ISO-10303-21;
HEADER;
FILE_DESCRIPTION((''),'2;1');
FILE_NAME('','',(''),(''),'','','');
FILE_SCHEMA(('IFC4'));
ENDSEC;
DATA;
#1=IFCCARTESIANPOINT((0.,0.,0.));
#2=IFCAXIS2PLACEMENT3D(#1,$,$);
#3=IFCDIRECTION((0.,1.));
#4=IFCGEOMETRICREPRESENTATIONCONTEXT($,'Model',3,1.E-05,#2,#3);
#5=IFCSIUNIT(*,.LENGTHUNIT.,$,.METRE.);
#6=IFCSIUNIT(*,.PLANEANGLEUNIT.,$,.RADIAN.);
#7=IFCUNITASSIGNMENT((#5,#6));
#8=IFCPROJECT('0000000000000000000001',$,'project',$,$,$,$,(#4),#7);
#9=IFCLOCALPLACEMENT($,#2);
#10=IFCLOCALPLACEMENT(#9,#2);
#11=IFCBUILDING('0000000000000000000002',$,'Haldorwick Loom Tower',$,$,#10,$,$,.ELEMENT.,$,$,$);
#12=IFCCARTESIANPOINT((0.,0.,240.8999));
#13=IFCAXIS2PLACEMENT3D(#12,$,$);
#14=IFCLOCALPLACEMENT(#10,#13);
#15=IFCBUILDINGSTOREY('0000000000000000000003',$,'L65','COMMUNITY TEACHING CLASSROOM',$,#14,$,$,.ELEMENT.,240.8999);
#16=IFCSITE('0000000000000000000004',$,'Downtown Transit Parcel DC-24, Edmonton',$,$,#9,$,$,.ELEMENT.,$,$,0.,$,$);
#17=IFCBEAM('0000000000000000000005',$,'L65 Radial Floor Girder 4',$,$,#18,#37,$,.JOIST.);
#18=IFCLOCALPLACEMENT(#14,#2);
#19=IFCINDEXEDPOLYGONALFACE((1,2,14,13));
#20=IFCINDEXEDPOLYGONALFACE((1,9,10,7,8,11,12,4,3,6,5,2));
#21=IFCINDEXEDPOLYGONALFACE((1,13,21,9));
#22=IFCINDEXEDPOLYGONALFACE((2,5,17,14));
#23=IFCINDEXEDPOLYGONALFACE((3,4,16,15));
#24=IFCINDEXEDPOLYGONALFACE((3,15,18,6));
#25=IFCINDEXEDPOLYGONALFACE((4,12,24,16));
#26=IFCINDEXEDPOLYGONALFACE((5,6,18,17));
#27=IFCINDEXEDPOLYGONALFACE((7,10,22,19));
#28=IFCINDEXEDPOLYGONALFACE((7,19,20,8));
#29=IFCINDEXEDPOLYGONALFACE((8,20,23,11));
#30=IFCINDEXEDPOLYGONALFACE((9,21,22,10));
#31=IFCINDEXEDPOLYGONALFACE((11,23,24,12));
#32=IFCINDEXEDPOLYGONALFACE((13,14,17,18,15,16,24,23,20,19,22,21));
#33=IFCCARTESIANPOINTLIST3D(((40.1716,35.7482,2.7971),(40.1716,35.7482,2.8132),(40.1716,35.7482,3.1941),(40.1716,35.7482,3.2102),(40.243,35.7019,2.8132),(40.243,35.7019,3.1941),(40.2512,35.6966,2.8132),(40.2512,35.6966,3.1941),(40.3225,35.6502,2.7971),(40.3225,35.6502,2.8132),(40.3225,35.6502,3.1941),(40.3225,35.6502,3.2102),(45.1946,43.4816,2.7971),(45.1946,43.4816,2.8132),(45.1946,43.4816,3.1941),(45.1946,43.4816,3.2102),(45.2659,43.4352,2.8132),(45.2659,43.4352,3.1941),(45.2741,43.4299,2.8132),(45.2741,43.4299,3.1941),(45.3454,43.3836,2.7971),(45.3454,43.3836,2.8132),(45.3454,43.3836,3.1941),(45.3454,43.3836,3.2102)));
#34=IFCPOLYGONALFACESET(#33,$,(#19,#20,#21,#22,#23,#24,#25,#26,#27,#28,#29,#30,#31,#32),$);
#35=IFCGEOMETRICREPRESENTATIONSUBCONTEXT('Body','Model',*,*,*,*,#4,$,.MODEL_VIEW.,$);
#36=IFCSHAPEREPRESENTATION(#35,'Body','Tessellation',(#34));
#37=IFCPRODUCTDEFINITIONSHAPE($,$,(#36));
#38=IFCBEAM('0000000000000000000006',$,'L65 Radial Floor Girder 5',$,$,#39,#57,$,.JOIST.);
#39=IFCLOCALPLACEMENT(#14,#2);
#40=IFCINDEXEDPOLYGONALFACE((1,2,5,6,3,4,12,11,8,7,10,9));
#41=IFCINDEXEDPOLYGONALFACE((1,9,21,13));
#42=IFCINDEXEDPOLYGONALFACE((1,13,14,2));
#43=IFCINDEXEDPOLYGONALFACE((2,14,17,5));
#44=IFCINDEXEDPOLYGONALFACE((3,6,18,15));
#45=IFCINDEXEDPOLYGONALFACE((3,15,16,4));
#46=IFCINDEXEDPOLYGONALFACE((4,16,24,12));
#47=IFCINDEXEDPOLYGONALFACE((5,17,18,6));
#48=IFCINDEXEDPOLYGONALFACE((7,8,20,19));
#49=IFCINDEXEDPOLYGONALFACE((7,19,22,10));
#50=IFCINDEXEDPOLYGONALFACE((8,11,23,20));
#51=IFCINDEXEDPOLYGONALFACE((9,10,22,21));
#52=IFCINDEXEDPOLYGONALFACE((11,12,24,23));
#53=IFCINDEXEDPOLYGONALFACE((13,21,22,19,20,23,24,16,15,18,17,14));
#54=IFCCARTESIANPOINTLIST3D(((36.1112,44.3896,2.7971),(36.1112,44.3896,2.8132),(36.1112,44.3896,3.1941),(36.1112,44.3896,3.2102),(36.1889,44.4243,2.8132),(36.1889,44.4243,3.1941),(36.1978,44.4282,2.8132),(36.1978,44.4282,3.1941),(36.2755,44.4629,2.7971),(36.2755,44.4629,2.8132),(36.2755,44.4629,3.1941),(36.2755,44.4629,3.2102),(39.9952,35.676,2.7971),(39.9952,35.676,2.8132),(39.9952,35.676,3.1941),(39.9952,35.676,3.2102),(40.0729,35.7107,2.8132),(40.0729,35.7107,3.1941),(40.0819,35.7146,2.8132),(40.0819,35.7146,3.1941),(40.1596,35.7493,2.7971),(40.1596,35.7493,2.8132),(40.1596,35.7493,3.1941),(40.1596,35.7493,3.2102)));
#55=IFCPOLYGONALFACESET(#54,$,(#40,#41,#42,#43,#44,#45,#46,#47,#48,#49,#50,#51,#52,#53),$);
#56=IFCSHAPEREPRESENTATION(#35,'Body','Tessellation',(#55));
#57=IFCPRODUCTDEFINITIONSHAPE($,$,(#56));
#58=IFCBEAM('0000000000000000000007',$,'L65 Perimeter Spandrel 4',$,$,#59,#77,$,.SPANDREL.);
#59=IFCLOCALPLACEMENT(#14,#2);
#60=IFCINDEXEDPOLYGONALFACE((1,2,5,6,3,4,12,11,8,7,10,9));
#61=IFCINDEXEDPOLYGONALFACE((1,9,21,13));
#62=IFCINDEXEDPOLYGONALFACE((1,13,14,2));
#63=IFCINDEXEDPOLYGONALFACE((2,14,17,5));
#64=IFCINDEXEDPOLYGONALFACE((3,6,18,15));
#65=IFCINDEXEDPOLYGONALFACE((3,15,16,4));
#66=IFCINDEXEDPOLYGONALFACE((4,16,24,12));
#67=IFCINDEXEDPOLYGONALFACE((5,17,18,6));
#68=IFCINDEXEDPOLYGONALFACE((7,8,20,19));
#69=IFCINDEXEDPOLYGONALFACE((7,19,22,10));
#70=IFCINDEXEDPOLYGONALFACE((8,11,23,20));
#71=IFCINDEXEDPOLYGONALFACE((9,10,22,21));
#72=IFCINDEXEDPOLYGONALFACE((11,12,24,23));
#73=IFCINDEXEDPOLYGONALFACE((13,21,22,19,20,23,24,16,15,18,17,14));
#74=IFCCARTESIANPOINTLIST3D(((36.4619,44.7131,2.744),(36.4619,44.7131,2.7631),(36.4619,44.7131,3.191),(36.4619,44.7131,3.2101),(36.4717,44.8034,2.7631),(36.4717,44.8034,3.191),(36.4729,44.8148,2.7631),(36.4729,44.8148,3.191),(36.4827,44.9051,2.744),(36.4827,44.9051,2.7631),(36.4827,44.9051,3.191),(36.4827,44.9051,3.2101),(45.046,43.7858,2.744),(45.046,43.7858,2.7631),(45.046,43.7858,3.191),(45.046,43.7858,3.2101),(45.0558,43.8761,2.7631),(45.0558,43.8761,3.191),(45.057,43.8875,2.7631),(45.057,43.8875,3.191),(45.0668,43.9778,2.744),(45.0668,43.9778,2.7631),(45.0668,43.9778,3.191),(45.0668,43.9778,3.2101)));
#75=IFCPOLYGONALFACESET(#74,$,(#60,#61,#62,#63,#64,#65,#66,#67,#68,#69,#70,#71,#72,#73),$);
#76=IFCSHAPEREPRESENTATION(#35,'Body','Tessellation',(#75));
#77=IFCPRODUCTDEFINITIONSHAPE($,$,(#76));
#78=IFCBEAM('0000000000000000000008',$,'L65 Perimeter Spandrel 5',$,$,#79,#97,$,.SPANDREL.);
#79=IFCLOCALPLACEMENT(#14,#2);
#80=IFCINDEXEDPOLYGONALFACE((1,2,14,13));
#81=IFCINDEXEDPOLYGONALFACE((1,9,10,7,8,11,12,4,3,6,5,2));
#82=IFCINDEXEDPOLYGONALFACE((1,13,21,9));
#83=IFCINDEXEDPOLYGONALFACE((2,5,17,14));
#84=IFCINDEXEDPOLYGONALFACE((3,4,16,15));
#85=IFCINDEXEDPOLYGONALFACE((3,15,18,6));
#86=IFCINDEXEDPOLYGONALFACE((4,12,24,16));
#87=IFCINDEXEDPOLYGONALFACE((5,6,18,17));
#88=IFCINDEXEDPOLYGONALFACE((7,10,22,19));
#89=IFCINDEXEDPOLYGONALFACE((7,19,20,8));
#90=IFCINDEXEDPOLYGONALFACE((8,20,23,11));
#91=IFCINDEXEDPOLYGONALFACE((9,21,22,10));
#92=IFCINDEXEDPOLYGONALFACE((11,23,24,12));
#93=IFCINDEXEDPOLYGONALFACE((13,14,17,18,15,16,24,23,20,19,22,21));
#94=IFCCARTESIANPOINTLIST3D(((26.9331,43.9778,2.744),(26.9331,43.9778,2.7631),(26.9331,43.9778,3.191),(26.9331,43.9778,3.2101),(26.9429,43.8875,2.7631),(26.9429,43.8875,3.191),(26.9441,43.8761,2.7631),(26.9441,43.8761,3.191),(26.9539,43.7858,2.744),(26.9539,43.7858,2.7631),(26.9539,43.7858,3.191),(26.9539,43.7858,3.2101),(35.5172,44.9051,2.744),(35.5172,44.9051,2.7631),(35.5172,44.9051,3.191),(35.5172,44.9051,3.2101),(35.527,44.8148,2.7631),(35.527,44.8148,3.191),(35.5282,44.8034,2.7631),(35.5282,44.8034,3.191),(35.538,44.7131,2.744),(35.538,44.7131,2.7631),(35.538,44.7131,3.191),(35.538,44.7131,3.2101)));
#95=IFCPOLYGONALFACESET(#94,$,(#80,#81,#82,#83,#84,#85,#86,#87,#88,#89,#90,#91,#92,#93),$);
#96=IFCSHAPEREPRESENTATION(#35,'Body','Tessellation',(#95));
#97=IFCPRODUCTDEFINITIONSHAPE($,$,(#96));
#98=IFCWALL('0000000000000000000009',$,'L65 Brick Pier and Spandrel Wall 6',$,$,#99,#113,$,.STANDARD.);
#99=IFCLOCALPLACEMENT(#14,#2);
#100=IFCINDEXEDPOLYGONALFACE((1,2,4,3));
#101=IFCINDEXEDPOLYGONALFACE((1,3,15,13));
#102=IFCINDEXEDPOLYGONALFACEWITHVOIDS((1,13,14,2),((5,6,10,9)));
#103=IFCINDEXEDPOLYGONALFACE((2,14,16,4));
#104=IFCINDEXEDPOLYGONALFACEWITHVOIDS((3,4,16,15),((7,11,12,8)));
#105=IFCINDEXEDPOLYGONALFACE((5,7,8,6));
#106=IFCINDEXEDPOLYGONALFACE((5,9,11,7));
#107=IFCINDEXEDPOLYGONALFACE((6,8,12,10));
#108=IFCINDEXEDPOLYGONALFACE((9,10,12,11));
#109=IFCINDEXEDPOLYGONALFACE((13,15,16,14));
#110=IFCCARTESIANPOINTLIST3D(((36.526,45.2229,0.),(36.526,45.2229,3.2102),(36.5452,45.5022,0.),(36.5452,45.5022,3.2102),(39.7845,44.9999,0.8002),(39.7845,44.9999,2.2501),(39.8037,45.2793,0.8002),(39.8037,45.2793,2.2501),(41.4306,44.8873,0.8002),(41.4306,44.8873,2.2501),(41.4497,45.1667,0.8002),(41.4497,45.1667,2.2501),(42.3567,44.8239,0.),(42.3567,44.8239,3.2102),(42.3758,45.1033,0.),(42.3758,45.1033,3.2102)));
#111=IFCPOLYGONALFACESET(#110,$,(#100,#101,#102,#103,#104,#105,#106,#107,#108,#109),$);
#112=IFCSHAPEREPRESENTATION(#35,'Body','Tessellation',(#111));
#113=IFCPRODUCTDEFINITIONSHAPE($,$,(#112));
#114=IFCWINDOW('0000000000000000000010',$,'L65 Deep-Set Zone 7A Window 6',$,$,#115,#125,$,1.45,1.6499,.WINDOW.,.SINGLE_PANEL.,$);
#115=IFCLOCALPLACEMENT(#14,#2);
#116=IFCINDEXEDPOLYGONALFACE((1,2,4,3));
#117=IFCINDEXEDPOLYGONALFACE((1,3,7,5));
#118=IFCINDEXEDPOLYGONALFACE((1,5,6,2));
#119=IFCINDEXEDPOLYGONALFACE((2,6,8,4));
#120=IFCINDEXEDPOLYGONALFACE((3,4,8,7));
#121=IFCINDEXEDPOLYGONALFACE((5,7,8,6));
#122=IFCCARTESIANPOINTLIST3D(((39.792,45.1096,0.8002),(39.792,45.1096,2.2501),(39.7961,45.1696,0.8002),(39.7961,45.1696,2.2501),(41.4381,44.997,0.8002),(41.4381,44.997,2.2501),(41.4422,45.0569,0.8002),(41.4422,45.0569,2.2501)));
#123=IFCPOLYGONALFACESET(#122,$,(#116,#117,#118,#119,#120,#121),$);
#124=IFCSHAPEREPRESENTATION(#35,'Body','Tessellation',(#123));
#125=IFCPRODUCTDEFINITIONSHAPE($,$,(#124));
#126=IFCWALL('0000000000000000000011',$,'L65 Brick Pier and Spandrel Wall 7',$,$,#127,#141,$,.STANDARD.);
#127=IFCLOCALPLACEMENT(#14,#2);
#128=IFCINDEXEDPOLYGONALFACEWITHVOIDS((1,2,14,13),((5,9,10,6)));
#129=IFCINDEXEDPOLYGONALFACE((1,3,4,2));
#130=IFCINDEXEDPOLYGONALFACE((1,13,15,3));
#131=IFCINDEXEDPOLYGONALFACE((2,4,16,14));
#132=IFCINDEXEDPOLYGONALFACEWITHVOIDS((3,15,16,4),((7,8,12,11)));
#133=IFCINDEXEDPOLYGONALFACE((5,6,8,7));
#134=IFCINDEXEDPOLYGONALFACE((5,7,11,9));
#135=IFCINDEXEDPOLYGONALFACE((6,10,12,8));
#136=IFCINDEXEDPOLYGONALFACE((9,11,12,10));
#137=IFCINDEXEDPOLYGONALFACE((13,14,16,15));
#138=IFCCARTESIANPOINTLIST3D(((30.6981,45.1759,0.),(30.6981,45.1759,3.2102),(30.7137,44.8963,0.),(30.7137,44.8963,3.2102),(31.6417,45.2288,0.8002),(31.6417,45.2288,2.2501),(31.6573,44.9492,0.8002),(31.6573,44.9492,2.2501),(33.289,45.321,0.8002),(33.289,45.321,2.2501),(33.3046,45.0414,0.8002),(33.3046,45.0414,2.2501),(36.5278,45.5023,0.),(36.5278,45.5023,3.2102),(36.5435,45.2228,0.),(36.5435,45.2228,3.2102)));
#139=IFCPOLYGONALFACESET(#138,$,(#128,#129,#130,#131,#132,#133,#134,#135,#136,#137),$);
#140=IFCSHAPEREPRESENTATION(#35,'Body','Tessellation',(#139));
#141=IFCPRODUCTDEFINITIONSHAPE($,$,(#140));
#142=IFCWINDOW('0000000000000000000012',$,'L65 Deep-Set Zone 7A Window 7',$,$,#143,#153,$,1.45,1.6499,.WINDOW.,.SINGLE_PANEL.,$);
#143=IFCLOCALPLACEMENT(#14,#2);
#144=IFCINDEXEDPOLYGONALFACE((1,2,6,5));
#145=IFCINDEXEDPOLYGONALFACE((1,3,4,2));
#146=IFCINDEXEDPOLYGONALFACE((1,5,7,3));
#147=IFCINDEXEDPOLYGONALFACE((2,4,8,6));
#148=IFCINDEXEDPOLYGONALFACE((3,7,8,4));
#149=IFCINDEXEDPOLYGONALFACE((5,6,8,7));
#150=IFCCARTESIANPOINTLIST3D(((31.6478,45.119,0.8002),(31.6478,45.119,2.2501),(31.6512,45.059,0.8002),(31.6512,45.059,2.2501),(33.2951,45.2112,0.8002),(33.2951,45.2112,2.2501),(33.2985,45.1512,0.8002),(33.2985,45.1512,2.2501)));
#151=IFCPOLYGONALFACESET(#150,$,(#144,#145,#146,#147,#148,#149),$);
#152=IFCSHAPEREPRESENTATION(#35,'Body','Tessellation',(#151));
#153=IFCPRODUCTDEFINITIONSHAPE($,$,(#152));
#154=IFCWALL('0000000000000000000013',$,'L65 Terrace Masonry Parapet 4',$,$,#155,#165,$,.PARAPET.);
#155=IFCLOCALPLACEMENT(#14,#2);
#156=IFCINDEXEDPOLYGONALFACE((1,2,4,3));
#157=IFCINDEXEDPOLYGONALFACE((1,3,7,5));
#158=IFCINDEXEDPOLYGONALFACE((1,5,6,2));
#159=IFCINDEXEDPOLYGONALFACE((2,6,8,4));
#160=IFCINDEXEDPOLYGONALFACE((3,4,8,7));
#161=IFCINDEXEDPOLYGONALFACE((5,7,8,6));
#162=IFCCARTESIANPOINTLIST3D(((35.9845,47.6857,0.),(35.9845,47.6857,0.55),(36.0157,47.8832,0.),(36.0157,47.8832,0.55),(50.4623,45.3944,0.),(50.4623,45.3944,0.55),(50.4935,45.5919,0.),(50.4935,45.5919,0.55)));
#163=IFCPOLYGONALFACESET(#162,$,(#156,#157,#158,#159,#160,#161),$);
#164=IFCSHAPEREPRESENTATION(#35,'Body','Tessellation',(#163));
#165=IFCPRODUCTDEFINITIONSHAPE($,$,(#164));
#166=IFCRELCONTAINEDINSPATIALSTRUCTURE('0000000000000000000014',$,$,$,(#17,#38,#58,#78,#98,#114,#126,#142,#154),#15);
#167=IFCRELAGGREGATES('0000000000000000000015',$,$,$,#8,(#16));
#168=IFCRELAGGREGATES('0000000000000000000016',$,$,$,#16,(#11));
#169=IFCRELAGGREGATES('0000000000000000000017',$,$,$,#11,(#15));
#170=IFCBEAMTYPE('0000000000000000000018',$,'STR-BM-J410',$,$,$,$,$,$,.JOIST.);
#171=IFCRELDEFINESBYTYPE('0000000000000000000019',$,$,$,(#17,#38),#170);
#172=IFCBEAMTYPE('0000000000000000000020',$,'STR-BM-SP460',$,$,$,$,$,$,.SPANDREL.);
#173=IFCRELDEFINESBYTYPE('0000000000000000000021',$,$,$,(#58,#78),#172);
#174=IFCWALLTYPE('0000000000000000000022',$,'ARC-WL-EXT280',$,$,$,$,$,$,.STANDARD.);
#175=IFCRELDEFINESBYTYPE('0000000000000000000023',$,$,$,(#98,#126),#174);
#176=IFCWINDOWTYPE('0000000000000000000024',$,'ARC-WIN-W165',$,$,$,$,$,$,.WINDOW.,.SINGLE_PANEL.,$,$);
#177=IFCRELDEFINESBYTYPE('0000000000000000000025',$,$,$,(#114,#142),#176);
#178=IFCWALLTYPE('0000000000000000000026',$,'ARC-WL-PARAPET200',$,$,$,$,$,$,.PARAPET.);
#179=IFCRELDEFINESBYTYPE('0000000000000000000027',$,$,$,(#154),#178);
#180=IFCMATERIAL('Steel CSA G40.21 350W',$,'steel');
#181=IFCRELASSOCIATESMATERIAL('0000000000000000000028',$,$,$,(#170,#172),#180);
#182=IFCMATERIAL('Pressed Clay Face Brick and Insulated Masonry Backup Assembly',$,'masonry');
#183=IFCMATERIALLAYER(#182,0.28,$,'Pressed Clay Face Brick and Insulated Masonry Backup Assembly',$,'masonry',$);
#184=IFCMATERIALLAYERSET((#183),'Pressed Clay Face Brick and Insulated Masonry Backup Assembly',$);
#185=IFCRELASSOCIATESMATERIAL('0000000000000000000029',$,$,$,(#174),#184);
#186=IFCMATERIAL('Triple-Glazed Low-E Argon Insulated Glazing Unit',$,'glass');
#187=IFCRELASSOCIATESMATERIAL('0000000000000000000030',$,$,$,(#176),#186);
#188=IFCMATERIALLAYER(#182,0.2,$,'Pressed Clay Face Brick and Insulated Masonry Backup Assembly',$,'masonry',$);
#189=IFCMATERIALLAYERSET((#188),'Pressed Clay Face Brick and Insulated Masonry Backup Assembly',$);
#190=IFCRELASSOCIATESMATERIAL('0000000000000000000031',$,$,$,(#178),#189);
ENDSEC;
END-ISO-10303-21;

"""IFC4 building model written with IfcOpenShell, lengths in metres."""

from ifc_helpers import new_model, si_unit, direction, frame, frame_2d, origin, origin_2d, place, context, subcontext, project, spatial, rectangle, i_section, extrude, material, layer, layer_set, material_profile, profile_set, type_object, element, fill, save


model = new_model("IFC4")

# Units and contexts
model_context = context("Model", 3, precision=1e-05, world=origin(), true_north=direction((0.0, 1.0)))
body_context = subcontext(model_context, "Body", "Model", "MODEL_VIEW")
ifc_project = project(units=[si_unit("LENGTHUNIT", "METRE"), si_unit("PLANEANGLEUNIT", "RADIAN")], contexts=[model_context])

# Site, building, storey
site_placement = place(None, origin())
site = spatial("IfcSite", under=ifc_project, at=site_placement, Name="Downtown Transit Parcel DC-24, Edmonton", CompositionType="ELEMENT", RefElevation=0.0)
building_placement = place(site_placement, origin())
building = spatial("IfcBuilding", under=site, at=building_placement, Name="Haldorwick Loom Tower", CompositionType="ELEMENT")
storey_placement = place(building_placement, frame((0.0, 0.0, 240.8999)))
storey = spatial("IfcBuildingStorey", under=building, at=storey_placement, Name="L65", Description="COMMUNITY TEACHING CLASSROOM", CompositionType="ELEMENT", Elevation=240.8999)

# Shared definitions
ifc_material_1 = material(Name="Steel CSA G40.21 350W", Category="steel")

# Beams
ifc_material_profile_1 = material_profile(ifc_material_1, i_section(OverallWidth=0.1799, OverallDepth=0.4131, WebThickness=0.0098, FlangeThickness=0.0161, at=origin_2d()), Name="W410X74", Category="steel")
ifc_profile_set_1 = profile_set([ifc_material_profile_1], Name="Steel CSA G40.21 350W")
beam_type_1 = type_object("IfcBeamType", Name="STR-BM-J410", PredefinedType="JOIST", material=ifc_profile_set_1)
beam_1_placement = place(storey_placement, frame((40.2471, 35.6992, 3.0037), z_axis=(0.544702, 0.83863, 0.0), x_axis=(-0.83863, 0.544702, 0.0)))
element("IfcBeam", 1, at=beam_1_placement, inside=storey, type_object=beam_type_1, Name="L65 Radial Floor Girder 4", PredefinedType="JOIST", context=body_context, shape_type="SweptSolid", body=[
    extrude(i_section(OverallWidth=0.1799, OverallDepth=0.4131, WebThickness=0.0098, FlangeThickness=0.0161, at=origin_2d()), origin(), (0.0, 0.0, 1.0), 9.2214),
])
beam_2_placement = place(storey_placement, frame((40.0774, 35.7126, 3.0037), z_axis=(-0.407128, 0.913371, 0.0), x_axis=(-0.913371, -0.407128, 0.0)))
element("IfcBeam", 2, at=beam_2_placement, inside=storey, type_object=beam_type_1, Name="L65 Radial Floor Girder 5", PredefinedType="JOIST", context=body_context, shape_type="SweptSolid", body=[
    extrude(i_section(OverallWidth=0.1799, OverallDepth=0.4131, WebThickness=0.0098, FlangeThickness=0.0161, at=origin_2d()), origin(), (0.0, 0.0, 1.0), 9.54),
])
ifc_material_profile_2 = material_profile(ifc_material_1, i_section(OverallWidth=0.1931, OverallDepth=0.4661, WebThickness=0.0115, FlangeThickness=0.019, at=origin_2d()), Name="W460X97", Category="steel")
ifc_profile_set_2 = profile_set([ifc_material_profile_2], Name="Steel CSA G40.21 350W")
beam_type_2 = type_object("IfcBeamType", Name="STR-BM-SP460", PredefinedType="SPANDREL", material=ifc_profile_set_2)
for number, where, z_axis, x_axis, name in (
    (3, (45.0564, 43.8818, 2.9771), (-0.994216, 0.107396, 0.0), (-0.107396, -0.994216, 0.0), "L65 Perimeter Spandrel 4"),
    (4, (35.5276, 44.8091, 2.9771), (-0.994216, -0.107396, 0.0), (0.107396, -0.994216, 0.0), "L65 Perimeter Spandrel 5"),
):
    element("IfcBeam", number, at=place(storey_placement, frame(where, z_axis=z_axis, x_axis=x_axis)), inside=storey, type_object=beam_type_2, Name=name, PredefinedType="SPANDREL", context=body_context, shape_type="SweptSolid", body=[
        extrude(i_section(OverallWidth=0.1931, OverallDepth=0.4661, WebThickness=0.0115, FlangeThickness=0.019, at=origin_2d()), origin(), (0.0, 0.0, 1.0), 8.634),
    ])

# Walls, openings, windows
ifc_material_2 = material(Name="Pressed Clay Face Brick and Insulated Masonry Backup Assembly", Category="masonry")
ifc_layer_1 = layer(ifc_material_2, 0.28, Name="Pressed Clay Face Brick and Insulated Masonry Backup Assembly", Category="masonry")
ifc_layer_set_1 = layer_set([ifc_layer_1], Name="Pressed Clay Face Brick and Insulated Masonry Backup Assembly")
wall_type_1 = type_object("IfcWallType", Name="ARC-WL-EXT280", PredefinedType="STANDARD", material=ifc_layer_set_1)
wall_1_placement = place(storey_placement, frame((42.3662, 44.9636, 0.0), z_axis=(0.0, 0.0, 1.0), x_axis=(-0.997668, 0.06826, 0.0)))
wall_1 = element("IfcWall", 5, at=wall_1_placement, inside=storey, type_object=wall_type_1, Name="L65 Brick Pier and Spandrel Wall 6", PredefinedType="STANDARD", context=body_context, shape_type="SweptSolid", body=[
    extrude(rectangle(XDim=5.8442, YDim=0.28, at=frame_2d((2.9221, 0.0))), origin(), (0.0, 0.0, 1.0), 3.2102),
])
opening_1_placement = place(wall_1_placement, frame((0.9282, 0.0, 0.8)))
opening_1 = element("IfcOpeningElement", 6, at=opening_1_placement, cuts=wall_1, PredefinedType="OPENING", context=body_context, shape_type="SweptSolid", body=[
    extrude(rectangle(XDim=1.6499, YDim=1.45, at=frame_2d((0.825, 0.7251))), frame((0.0, 0.1499, 0.0), z_axis=(0.0, -1.0, 0.0), x_axis=(1.0, 0.0, 0.0)), (0.0, 0.0, 1.0), 0.3),
])
ifc_material_3 = material(Name="Triple-Glazed Low-E Argon Insulated Glazing Unit", Category="glass")
window_type = type_object("IfcWindowType", Name="ARC-WIN-W165", PartitioningType="SINGLE_PANEL", PredefinedType="WINDOW", material=ifc_material_3)
window_1_placement = place(opening_1_placement, origin())
window_1 = element("IfcWindow", 7, at=window_1_placement, inside=storey, type_object=window_type, Name="L65 Deep-Set Zone 7A Window 6", OverallHeight=1.45, OverallWidth=1.6499, PartitioningType="SINGLE_PANEL", PredefinedType="WINDOW", context=body_context, shape_type="SweptSolid", body=[
    extrude(rectangle(XDim=1.6499, YDim=1.45, at=frame_2d((0.825, 0.7251))), frame((0.0, 0.03, 0.0), z_axis=(0.0, -1.0, 0.0), x_axis=(1.0, 0.0, 0.0)), (0.0, 0.0, 1.0), 0.0601),
])
fill(opening_1, window_1)
wall_2_placement = place(storey_placement, frame((36.5356, 45.3625, 0.0), z_axis=(0.0, 0.0, 1.0), x_axis=(-0.998436, -0.055903, 0.0)))
wall_2 = element("IfcWall", 8, at=wall_2_placement, inside=storey, type_object=wall_type_1, Name="L65 Brick Pier and Spandrel Wall 7", PredefinedType="STANDARD", context=body_context, shape_type="SweptSolid", body=[
    extrude(rectangle(XDim=5.8389, YDim=0.28, at=frame_2d((2.9194, 0.0))), origin(), (0.0, 0.0, 1.0), 3.2102),
])
opening_2_placement = place(wall_2_placement, frame((3.2439, 0.0, 0.8)))
opening_2 = element("IfcOpeningElement", 9, at=opening_2_placement, cuts=wall_2, PredefinedType="OPENING", context=body_context, shape_type="SweptSolid", body=[
    extrude(rectangle(XDim=1.6499, YDim=1.45, at=frame_2d((0.825, 0.7251))), frame((0.0, 0.1499, 0.0), z_axis=(0.0, -1.0, 0.0), x_axis=(1.0, 0.0, 0.0)), (0.0, 0.0, 1.0), 0.3),
])
window_2_placement = place(opening_2_placement, origin())
window_2 = element("IfcWindow", 10, at=window_2_placement, inside=storey, type_object=window_type, Name="L65 Deep-Set Zone 7A Window 7", OverallHeight=1.45, OverallWidth=1.6499, PartitioningType="SINGLE_PANEL", PredefinedType="WINDOW", context=body_context, shape_type="SweptSolid", body=[
    extrude(rectangle(XDim=1.6499, YDim=1.45, at=frame_2d((0.825, 0.7251))), frame((0.0, 0.03, 0.0), z_axis=(0.0, -1.0, 0.0), x_axis=(1.0, 0.0, 0.0)), (0.0, 0.0, 1.0), 0.0601),
])
fill(opening_2, window_2)

# Wall
ifc_layer_2 = layer(ifc_material_2, 0.2, Name="Pressed Clay Face Brick and Insulated Masonry Backup Assembly", Category="masonry")
ifc_layer_set_2 = layer_set([ifc_layer_2], Name="Pressed Clay Face Brick and Insulated Masonry Backup Assembly")
wall_type_2 = type_object("IfcWallType", Name="ARC-WL-PARAPET200", PredefinedType="PARAPET", material=ifc_layer_set_2)
wall_3_placement = place(storey_placement, frame((36.0, 47.7844, 0.0), z_axis=(0.0, 0.0, 1.0), x_axis=(0.987707, -0.156315, 0.0)))
element("IfcWall", 11, at=wall_3_placement, inside=storey, type_object=wall_type_2, Name="L65 Terrace Masonry Parapet 4", PredefinedType="PARAPET", context=body_context, shape_type="SweptSolid", body=[
    extrude(rectangle(XDim=14.658, YDim=0.2, at=frame_2d((7.3291, 0.0))), origin(), (0.0, 0.0, 1.0), 0.55),
])

save(model, "model.ifc")
